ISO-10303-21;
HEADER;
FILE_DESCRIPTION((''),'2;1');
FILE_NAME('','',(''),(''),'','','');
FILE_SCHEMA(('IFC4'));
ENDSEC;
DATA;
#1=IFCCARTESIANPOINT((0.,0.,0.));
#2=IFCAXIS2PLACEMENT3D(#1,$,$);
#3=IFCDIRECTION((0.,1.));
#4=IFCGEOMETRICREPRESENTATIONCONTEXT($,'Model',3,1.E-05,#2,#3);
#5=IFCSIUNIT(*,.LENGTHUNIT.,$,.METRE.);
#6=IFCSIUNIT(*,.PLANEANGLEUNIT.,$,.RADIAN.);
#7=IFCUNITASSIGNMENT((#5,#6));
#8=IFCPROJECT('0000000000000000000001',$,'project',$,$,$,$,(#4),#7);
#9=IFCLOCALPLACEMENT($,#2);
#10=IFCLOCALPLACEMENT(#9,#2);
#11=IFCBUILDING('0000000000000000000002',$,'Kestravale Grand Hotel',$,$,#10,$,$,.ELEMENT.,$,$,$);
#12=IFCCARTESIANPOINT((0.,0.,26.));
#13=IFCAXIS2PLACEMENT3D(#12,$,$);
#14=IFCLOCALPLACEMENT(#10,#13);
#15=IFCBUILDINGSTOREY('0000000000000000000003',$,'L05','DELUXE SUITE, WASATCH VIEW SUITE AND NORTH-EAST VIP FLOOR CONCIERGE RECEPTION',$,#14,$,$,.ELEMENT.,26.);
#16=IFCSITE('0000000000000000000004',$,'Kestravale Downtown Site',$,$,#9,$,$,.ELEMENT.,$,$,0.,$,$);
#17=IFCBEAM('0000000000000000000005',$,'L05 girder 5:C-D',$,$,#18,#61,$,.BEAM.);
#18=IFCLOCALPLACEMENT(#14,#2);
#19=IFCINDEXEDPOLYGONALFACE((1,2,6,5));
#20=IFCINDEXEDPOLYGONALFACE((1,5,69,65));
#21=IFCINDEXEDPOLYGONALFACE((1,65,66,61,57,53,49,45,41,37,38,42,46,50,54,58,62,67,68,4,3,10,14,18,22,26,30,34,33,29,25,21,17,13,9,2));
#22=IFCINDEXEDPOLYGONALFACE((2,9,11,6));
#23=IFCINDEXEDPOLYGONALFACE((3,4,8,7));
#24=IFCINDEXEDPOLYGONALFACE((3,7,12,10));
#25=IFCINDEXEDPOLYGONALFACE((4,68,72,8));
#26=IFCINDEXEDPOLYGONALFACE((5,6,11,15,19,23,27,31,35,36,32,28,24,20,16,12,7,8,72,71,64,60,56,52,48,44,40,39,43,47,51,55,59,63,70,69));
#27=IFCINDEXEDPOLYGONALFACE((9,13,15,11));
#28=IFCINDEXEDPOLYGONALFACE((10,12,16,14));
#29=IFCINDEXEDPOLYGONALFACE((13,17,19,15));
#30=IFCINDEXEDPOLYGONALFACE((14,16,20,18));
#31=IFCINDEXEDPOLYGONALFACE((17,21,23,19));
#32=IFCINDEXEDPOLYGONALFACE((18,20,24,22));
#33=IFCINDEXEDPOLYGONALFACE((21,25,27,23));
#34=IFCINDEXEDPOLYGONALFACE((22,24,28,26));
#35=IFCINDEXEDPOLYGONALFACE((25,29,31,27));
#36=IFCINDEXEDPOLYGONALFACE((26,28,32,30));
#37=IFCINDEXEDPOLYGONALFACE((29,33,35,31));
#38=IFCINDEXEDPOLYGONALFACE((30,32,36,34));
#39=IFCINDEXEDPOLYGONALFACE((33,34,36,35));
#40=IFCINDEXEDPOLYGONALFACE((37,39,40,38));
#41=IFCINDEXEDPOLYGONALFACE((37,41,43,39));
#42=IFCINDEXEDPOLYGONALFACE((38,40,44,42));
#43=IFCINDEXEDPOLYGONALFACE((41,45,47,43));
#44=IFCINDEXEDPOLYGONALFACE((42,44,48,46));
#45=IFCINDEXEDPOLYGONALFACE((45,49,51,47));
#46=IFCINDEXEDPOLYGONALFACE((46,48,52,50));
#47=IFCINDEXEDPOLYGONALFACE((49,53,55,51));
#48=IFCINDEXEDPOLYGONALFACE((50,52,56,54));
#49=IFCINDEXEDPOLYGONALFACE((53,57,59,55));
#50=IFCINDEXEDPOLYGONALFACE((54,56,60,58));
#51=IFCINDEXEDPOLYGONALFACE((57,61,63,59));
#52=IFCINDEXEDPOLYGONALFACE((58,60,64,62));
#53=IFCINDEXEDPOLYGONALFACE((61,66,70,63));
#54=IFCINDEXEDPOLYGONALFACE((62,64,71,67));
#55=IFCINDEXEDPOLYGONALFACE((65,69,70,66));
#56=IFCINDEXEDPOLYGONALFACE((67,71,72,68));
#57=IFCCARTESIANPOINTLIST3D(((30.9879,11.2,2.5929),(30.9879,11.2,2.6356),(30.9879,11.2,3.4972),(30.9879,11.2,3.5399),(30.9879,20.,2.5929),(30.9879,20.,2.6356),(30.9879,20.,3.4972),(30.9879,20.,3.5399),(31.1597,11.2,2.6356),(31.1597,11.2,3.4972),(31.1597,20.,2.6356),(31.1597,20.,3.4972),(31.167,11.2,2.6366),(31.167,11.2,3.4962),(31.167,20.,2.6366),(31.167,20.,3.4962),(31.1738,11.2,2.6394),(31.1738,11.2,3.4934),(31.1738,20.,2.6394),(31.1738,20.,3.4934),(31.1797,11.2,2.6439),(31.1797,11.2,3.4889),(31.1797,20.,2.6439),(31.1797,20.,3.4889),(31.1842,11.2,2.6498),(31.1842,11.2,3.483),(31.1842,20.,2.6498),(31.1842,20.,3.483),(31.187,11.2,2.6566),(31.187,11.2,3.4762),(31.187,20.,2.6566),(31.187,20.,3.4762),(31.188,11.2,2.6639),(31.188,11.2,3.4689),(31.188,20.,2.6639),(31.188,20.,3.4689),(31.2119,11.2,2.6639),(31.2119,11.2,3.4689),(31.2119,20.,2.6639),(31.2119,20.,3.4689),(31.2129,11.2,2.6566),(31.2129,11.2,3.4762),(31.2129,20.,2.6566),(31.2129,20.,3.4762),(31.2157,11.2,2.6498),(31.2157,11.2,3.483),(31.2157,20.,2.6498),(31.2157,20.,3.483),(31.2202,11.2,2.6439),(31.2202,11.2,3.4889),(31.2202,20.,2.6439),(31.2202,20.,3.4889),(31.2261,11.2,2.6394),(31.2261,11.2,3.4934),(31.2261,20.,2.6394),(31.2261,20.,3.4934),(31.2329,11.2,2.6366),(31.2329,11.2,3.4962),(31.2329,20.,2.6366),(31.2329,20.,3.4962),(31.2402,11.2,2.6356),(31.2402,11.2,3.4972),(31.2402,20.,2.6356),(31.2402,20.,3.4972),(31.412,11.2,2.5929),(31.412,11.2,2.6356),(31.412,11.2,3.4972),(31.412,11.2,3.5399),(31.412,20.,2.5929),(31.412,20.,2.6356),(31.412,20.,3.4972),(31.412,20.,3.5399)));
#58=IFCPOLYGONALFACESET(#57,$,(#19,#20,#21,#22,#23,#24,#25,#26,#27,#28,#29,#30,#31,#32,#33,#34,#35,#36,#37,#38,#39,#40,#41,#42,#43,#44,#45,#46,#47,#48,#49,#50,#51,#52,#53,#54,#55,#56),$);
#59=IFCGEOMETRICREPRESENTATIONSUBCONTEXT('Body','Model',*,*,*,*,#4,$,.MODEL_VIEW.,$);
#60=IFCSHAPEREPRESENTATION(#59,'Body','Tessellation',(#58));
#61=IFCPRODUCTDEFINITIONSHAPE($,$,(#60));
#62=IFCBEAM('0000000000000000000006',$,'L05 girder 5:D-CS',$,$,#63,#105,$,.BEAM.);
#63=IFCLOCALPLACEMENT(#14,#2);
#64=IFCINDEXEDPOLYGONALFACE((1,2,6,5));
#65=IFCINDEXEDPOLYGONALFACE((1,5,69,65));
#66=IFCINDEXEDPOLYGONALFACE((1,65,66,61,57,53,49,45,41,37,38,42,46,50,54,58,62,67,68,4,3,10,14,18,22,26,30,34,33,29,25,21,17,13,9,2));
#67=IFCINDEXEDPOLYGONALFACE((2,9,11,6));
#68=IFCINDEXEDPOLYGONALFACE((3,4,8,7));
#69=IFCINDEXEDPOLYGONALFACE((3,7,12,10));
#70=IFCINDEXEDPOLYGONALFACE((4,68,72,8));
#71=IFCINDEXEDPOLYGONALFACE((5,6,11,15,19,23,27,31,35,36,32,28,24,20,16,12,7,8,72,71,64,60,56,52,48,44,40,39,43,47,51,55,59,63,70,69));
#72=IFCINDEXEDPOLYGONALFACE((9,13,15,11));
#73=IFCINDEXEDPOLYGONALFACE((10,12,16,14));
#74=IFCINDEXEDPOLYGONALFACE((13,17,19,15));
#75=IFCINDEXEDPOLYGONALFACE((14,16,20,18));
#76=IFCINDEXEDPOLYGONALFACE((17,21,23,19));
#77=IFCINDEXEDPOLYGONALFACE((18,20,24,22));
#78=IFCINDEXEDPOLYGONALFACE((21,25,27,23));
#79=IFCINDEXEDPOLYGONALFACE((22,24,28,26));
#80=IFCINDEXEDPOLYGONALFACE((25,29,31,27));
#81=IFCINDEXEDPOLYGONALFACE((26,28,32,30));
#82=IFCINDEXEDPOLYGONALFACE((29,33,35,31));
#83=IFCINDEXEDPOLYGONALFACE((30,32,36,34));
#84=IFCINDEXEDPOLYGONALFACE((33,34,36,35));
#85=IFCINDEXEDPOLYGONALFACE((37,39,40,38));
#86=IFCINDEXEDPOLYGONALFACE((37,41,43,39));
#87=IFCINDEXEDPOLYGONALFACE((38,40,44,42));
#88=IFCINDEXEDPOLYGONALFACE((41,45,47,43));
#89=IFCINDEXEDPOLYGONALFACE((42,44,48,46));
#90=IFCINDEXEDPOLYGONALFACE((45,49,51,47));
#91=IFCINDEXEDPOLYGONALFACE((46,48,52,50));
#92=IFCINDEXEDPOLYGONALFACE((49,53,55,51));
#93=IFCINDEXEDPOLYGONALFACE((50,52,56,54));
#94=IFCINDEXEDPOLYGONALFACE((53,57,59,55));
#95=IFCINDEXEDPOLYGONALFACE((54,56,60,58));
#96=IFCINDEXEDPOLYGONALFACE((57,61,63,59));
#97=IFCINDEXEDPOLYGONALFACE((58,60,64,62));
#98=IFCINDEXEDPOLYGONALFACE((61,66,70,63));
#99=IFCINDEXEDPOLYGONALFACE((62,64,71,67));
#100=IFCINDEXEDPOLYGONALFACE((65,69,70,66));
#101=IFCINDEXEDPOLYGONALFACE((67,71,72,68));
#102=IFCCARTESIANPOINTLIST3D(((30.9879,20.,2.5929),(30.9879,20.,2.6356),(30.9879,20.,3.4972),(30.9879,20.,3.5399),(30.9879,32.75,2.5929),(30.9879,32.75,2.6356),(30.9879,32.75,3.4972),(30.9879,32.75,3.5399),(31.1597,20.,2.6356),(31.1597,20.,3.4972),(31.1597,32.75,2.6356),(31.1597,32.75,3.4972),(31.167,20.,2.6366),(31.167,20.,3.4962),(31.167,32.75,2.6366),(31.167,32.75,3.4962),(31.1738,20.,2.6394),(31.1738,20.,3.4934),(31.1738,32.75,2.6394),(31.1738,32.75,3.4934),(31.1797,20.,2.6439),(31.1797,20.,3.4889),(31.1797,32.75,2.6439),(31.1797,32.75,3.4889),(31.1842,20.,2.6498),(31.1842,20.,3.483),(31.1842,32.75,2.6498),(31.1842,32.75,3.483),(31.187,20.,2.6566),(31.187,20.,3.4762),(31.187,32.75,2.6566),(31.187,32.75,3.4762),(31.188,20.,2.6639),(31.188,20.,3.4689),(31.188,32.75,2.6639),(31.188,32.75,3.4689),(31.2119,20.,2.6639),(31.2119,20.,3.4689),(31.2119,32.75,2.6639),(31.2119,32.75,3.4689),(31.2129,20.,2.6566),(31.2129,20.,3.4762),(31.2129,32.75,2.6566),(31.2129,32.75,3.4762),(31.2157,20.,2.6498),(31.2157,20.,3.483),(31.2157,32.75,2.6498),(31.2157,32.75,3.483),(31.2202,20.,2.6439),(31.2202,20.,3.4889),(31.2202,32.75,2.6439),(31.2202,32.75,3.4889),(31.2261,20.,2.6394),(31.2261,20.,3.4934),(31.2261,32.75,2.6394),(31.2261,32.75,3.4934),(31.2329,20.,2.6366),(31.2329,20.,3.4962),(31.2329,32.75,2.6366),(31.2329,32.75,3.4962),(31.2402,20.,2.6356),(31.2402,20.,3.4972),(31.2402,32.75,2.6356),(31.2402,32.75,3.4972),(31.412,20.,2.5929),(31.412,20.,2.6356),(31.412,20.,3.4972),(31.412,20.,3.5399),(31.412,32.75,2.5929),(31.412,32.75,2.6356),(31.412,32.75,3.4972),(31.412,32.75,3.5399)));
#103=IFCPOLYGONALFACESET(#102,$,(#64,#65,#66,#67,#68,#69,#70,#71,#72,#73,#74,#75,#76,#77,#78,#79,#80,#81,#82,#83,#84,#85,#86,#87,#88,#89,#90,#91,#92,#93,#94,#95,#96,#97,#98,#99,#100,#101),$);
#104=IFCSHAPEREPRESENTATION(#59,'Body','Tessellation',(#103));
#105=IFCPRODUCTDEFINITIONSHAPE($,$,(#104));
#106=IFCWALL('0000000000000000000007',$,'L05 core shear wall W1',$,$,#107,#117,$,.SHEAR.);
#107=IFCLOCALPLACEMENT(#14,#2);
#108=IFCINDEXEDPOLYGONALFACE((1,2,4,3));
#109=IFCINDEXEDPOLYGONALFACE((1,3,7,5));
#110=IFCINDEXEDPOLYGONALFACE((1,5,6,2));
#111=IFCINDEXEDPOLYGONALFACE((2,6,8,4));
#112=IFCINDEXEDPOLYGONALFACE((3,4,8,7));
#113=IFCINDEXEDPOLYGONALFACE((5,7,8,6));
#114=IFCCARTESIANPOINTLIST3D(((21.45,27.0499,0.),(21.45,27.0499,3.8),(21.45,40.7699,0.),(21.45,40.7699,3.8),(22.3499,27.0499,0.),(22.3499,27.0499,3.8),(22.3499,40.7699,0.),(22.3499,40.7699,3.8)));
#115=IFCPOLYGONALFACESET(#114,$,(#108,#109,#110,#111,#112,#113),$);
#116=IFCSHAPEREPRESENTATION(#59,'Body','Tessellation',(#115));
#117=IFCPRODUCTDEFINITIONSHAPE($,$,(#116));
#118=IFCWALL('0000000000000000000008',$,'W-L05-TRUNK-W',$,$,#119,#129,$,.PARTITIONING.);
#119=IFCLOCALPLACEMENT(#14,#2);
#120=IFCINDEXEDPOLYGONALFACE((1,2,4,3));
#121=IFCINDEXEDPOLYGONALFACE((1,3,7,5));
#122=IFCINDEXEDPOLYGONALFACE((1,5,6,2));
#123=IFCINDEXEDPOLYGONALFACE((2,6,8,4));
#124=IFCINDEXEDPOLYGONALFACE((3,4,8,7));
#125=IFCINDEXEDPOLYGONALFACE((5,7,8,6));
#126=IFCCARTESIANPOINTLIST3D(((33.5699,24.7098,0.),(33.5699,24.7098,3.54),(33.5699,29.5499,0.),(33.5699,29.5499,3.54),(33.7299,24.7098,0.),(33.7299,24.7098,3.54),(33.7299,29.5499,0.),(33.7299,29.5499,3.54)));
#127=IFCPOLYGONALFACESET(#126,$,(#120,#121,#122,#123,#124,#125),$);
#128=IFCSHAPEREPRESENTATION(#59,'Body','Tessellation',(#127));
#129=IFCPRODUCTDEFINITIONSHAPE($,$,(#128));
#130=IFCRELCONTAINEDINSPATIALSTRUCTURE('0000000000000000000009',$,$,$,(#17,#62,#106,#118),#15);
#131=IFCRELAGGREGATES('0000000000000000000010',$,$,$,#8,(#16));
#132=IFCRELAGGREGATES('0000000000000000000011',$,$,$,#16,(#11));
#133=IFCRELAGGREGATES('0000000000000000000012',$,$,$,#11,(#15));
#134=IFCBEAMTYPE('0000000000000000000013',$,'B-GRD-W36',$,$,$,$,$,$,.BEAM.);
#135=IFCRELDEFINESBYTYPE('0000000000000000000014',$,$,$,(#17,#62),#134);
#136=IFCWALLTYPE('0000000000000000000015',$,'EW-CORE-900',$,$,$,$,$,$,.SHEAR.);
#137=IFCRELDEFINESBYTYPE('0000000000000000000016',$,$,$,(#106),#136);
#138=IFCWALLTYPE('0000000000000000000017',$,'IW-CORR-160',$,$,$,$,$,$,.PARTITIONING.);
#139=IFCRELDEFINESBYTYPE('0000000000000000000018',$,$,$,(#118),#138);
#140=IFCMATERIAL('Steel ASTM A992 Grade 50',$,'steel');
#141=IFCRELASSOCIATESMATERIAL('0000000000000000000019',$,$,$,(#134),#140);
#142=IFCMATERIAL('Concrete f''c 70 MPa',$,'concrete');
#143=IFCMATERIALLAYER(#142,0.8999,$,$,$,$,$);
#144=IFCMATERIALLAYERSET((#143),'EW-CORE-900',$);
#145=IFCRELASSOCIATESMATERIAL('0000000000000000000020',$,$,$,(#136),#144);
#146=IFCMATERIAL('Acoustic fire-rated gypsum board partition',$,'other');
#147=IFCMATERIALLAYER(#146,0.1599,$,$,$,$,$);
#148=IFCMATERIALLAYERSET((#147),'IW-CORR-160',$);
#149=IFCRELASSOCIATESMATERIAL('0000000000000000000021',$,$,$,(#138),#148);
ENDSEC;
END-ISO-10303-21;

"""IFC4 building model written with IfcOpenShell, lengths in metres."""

from ifc_helpers import new_model, si_unit, direction, frame, frame_2d, origin, origin_2d, place, context, subcontext, project, spatial, rectangle, i_section, extrude, material, layer, layer_set, material_profile, profile_set, type_object, element, save


model = new_model("IFC4")

# Units and contexts
model_context = context("Model", 3, precision=1e-05, world=origin(), true_north=direction((0.0, 1.0)))
body_context = subcontext(model_context, "Body", "Model", "MODEL_VIEW")
ifc_project = project(units=[si_unit("LENGTHUNIT", "METRE"), si_unit("PLANEANGLEUNIT", "RADIAN")], contexts=[model_context])

# Site, building, storey
site_placement = place(None, origin())
site = spatial("IfcSite", under=ifc_project, at=site_placement, Name="Kestravale Downtown Site", CompositionType="ELEMENT", RefElevation=0.0)
building_placement = place(site_placement, origin())
building = spatial("IfcBuilding", under=site, at=building_placement, Name="Kestravale Grand Hotel", CompositionType="ELEMENT")
storey_placement = place(building_placement, frame((0.0, 0.0, 26.0)))
storey = spatial("IfcBuildingStorey", under=building, at=storey_placement, Name="L05", Description="DELUXE SUITE, WASATCH VIEW SUITE AND NORTH-EAST VIP FLOOR CONCIERGE RECEPTION", CompositionType="ELEMENT", Elevation=26.0)

# Beams
ifc_material_1 = material(Name="Steel ASTM A992 Grade 50", Category="steel")
ifc_material_profile_1 = material_profile(ifc_material_1, i_section(OverallWidth=0.4241, OverallDepth=0.947, WebThickness=0.0239, FlangeThickness=0.0427, FilletRadius=0.0283, at=origin_2d()))
ifc_profile_set_1 = profile_set([ifc_material_profile_1], Name="Steel ASTM A992 Grade 50")
beam_type_1 = type_object("IfcBeamType", Name="B-GRD-W36", PredefinedType="BEAM", material=ifc_profile_set_1)
beam_1_placement = place(storey_placement, frame((31.2, 11.2, 3.0664), z_axis=(0.0, 1.0, 0.0), x_axis=(-1.0, 0.0, 0.0)))
element("IfcBeam", 1, at=beam_1_placement, inside=storey, type_object=beam_type_1, Name="L05 girder 5:C-D", PredefinedType="BEAM", context=body_context, shape_type="SweptSolid", body=[
    extrude(i_section(OverallWidth=0.4241, OverallDepth=0.947, WebThickness=0.0239, FlangeThickness=0.0427, FilletRadius=0.0283, at=origin_2d()), origin(), (0.0, 0.0, 1.0), 8.8),
])
beam_2_placement = place(storey_placement, frame((31.2, 20.0, 3.0664), z_axis=(0.0, 1.0, 0.0), x_axis=(-1.0, 0.0, 0.0)))
element("IfcBeam", 2, at=beam_2_placement, inside=storey, type_object=beam_type_1, Name="L05 girder 5:D-CS", PredefinedType="BEAM", context=body_context, shape_type="SweptSolid", body=[
    extrude(i_section(OverallWidth=0.4241, OverallDepth=0.947, WebThickness=0.0239, FlangeThickness=0.0427, FilletRadius=0.0283, at=origin_2d()), origin(), (0.0, 0.0, 1.0), 12.75),
])

# Walls
ifc_material_2 = material(Name="Concrete f'c 70 MPa", Category="concrete")
ifc_layer_1 = layer(ifc_material_2, 0.8999)
ifc_layer_set_1 = layer_set([ifc_layer_1], Name="EW-CORE-900")
wall_type_1 = type_object("IfcWallType", Name="EW-CORE-900", PredefinedType="SHEAR", material=ifc_layer_set_1)
wall_1_placement = place(storey_placement, frame((21.8999, 27.05, 0.0), z_axis=(0.0, 0.0, 1.0), x_axis=(0.0, 1.0, 0.0)))
element("IfcWall", 3, at=wall_1_placement, inside=storey, type_object=wall_type_1, Name="L05 core shear wall W1", PredefinedType="SHEAR", context=body_context, shape_type="SweptSolid", body=[
    extrude(rectangle(XDim=13.72, YDim=0.8999, at=frame_2d((6.8599, 0.0))), origin(), (0.0, 0.0, 1.0), 3.8),
])
ifc_material_3 = material(Name="Acoustic fire-rated gypsum board partition", Category="other")
ifc_layer_2 = layer(ifc_material_3, 0.1599)
ifc_layer_set_2 = layer_set([ifc_layer_2], Name="IW-CORR-160")
wall_type_2 = type_object("IfcWallType", Name="IW-CORR-160", PredefinedType="PARTITIONING", material=ifc_layer_set_2)
wall_2_placement = place(storey_placement, frame((33.6499, 24.71, 0.0), z_axis=(0.0, 0.0, 1.0), x_axis=(0.0, 1.0, 0.0)))
element("IfcWall", 4, at=wall_2_placement, inside=storey, type_object=wall_type_2, Name="W-L05-TRUNK-W", PredefinedType="PARTITIONING", context=body_context, shape_type="SweptSolid", body=[
    extrude(rectangle(XDim=4.8401, YDim=0.1599, at=frame_2d((2.4199, 0.0))), origin(), (0.0, 0.0, 1.0), 3.54),
])

save(model, "model.ifc")
